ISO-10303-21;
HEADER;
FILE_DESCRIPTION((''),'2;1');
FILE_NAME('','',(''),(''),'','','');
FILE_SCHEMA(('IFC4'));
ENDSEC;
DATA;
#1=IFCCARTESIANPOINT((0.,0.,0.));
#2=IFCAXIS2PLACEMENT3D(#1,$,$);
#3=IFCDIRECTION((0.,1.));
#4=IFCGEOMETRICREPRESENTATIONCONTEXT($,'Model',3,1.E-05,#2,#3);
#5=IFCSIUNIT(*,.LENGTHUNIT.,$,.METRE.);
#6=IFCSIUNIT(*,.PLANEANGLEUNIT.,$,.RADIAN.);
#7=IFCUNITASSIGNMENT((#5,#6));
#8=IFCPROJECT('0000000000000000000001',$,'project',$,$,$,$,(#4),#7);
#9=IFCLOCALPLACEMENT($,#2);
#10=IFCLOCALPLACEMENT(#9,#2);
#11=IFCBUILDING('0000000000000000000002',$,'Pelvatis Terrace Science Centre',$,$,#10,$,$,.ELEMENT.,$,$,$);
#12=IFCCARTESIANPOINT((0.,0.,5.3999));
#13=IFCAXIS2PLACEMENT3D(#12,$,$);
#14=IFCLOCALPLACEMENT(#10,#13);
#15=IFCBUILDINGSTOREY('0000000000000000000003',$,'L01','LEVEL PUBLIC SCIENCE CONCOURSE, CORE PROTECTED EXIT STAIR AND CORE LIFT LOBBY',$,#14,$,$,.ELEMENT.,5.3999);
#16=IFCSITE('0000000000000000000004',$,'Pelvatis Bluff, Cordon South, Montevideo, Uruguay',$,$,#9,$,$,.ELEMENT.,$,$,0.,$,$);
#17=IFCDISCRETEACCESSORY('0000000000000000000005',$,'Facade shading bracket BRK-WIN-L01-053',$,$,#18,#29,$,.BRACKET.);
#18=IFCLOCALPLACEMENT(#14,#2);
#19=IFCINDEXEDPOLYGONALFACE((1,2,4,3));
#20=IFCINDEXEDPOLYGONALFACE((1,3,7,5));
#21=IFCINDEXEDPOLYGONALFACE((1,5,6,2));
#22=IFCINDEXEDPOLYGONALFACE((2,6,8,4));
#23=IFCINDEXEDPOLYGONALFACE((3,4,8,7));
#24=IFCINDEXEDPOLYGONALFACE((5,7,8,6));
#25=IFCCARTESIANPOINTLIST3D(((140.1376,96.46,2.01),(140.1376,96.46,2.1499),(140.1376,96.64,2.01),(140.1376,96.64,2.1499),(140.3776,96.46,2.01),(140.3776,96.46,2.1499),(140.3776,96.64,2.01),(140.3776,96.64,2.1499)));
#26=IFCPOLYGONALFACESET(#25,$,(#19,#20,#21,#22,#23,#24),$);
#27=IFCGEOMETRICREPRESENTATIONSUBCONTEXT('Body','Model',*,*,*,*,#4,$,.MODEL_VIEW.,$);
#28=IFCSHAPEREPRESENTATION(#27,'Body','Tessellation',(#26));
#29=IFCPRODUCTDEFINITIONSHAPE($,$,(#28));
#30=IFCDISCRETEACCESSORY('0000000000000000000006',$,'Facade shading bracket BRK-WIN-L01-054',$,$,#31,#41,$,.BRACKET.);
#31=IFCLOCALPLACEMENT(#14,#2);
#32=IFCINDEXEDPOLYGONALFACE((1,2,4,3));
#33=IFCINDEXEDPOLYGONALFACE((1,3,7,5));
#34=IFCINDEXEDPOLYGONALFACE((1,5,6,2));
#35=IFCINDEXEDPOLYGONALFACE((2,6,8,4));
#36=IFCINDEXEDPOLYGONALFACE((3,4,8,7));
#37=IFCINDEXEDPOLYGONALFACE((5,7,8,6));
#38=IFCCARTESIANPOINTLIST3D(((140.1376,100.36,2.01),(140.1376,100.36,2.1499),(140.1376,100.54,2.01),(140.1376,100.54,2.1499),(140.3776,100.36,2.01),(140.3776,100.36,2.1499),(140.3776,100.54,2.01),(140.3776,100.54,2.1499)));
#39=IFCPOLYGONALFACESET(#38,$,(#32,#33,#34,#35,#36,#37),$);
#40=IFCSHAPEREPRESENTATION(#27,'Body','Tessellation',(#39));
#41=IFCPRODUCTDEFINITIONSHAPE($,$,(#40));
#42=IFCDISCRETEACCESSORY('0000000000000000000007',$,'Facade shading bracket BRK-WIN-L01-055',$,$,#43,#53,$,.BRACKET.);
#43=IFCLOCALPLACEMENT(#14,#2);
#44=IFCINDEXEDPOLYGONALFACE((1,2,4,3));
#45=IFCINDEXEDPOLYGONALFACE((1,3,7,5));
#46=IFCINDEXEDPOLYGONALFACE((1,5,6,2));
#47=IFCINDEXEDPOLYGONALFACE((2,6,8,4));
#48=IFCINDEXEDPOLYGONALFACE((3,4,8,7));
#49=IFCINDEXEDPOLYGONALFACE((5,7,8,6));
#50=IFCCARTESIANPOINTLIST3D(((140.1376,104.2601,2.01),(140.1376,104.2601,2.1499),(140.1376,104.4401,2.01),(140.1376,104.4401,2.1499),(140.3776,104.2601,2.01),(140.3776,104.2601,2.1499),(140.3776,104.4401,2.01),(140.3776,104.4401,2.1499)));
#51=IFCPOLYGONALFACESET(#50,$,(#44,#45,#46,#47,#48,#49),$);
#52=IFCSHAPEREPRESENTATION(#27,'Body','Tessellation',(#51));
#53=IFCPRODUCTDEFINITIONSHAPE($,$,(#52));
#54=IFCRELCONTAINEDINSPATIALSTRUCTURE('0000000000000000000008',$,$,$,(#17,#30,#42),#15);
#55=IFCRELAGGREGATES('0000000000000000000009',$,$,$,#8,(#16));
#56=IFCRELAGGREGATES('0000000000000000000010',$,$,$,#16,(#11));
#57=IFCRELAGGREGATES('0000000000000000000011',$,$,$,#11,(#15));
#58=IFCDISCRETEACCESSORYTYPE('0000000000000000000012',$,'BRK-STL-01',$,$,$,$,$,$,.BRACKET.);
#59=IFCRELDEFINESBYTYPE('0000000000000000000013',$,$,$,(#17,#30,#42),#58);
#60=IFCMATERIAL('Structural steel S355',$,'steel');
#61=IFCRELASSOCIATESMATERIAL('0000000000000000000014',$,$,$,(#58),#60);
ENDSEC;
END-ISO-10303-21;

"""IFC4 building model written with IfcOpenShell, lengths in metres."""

from ifc_helpers import new_model, si_unit, direction, frame, origin, origin_2d, place, context, subcontext, project, spatial, rectangle, extrude, material, type_object, element, save


model = new_model("IFC4")

# Units and contexts
model_context = context("Model", 3, precision=1e-05, world=origin(), true_north=direction((0.0, 1.0)))
body_context = subcontext(model_context, "Body", "Model", "MODEL_VIEW")
ifc_project = project(units=[si_unit("LENGTHUNIT", "METRE"), si_unit("PLANEANGLEUNIT", "RADIAN")], contexts=[model_context])

# Site, building, storey
site_placement = place(None, origin())
site = spatial("IfcSite", under=ifc_project, at=site_placement, Name="Pelvatis Bluff, Cordon South, Montevideo, Uruguay", CompositionType="ELEMENT", RefElevation=0.0)
building_placement = place(site_placement, origin())
building = spatial("IfcBuilding", under=site, at=building_placement, Name="Pelvatis Terrace Science Centre", CompositionType="ELEMENT")
storey_placement = place(building_placement, frame((0.0, 0.0, 5.3999)))
storey = spatial("IfcBuildingStorey", under=building, at=storey_placement, Name="L01", Description="LEVEL PUBLIC SCIENCE CONCOURSE, CORE PROTECTED EXIT STAIR AND CORE LIFT LOBBY", CompositionType="ELEMENT", Elevation=5.3999)

# Discrete accessories
ifc_material_1 = material(Name="Structural steel S355", Category="steel")
discrete_accessory_type = type_object("IfcDiscreteAccessoryType", Name="BRK-STL-01", PredefinedType="BRACKET", material=ifc_material_1)
for number, where, name in (
    (1, (140.2576, 96.55, 2.01), "Facade shading bracket BRK-WIN-L01-053"),
    (2, (140.2576, 100.45, 2.01), "Facade shading bracket BRK-WIN-L01-054"),
    (3, (140.2576, 104.3501, 2.01), "Facade shading bracket BRK-WIN-L01-055"),
):
    element("IfcDiscreteAccessory", number, at=place(storey_placement, frame(where)), inside=storey, type_object=discrete_accessory_type, Name=name, PredefinedType="BRACKET", context=body_context, shape_type="SweptSolid", body=[
        extrude(rectangle(XDim=0.24, YDim=0.18, at=origin_2d()), origin(), (0.0, 0.0, 1.0), 0.1399),
    ])

save(model, "model.ifc")
